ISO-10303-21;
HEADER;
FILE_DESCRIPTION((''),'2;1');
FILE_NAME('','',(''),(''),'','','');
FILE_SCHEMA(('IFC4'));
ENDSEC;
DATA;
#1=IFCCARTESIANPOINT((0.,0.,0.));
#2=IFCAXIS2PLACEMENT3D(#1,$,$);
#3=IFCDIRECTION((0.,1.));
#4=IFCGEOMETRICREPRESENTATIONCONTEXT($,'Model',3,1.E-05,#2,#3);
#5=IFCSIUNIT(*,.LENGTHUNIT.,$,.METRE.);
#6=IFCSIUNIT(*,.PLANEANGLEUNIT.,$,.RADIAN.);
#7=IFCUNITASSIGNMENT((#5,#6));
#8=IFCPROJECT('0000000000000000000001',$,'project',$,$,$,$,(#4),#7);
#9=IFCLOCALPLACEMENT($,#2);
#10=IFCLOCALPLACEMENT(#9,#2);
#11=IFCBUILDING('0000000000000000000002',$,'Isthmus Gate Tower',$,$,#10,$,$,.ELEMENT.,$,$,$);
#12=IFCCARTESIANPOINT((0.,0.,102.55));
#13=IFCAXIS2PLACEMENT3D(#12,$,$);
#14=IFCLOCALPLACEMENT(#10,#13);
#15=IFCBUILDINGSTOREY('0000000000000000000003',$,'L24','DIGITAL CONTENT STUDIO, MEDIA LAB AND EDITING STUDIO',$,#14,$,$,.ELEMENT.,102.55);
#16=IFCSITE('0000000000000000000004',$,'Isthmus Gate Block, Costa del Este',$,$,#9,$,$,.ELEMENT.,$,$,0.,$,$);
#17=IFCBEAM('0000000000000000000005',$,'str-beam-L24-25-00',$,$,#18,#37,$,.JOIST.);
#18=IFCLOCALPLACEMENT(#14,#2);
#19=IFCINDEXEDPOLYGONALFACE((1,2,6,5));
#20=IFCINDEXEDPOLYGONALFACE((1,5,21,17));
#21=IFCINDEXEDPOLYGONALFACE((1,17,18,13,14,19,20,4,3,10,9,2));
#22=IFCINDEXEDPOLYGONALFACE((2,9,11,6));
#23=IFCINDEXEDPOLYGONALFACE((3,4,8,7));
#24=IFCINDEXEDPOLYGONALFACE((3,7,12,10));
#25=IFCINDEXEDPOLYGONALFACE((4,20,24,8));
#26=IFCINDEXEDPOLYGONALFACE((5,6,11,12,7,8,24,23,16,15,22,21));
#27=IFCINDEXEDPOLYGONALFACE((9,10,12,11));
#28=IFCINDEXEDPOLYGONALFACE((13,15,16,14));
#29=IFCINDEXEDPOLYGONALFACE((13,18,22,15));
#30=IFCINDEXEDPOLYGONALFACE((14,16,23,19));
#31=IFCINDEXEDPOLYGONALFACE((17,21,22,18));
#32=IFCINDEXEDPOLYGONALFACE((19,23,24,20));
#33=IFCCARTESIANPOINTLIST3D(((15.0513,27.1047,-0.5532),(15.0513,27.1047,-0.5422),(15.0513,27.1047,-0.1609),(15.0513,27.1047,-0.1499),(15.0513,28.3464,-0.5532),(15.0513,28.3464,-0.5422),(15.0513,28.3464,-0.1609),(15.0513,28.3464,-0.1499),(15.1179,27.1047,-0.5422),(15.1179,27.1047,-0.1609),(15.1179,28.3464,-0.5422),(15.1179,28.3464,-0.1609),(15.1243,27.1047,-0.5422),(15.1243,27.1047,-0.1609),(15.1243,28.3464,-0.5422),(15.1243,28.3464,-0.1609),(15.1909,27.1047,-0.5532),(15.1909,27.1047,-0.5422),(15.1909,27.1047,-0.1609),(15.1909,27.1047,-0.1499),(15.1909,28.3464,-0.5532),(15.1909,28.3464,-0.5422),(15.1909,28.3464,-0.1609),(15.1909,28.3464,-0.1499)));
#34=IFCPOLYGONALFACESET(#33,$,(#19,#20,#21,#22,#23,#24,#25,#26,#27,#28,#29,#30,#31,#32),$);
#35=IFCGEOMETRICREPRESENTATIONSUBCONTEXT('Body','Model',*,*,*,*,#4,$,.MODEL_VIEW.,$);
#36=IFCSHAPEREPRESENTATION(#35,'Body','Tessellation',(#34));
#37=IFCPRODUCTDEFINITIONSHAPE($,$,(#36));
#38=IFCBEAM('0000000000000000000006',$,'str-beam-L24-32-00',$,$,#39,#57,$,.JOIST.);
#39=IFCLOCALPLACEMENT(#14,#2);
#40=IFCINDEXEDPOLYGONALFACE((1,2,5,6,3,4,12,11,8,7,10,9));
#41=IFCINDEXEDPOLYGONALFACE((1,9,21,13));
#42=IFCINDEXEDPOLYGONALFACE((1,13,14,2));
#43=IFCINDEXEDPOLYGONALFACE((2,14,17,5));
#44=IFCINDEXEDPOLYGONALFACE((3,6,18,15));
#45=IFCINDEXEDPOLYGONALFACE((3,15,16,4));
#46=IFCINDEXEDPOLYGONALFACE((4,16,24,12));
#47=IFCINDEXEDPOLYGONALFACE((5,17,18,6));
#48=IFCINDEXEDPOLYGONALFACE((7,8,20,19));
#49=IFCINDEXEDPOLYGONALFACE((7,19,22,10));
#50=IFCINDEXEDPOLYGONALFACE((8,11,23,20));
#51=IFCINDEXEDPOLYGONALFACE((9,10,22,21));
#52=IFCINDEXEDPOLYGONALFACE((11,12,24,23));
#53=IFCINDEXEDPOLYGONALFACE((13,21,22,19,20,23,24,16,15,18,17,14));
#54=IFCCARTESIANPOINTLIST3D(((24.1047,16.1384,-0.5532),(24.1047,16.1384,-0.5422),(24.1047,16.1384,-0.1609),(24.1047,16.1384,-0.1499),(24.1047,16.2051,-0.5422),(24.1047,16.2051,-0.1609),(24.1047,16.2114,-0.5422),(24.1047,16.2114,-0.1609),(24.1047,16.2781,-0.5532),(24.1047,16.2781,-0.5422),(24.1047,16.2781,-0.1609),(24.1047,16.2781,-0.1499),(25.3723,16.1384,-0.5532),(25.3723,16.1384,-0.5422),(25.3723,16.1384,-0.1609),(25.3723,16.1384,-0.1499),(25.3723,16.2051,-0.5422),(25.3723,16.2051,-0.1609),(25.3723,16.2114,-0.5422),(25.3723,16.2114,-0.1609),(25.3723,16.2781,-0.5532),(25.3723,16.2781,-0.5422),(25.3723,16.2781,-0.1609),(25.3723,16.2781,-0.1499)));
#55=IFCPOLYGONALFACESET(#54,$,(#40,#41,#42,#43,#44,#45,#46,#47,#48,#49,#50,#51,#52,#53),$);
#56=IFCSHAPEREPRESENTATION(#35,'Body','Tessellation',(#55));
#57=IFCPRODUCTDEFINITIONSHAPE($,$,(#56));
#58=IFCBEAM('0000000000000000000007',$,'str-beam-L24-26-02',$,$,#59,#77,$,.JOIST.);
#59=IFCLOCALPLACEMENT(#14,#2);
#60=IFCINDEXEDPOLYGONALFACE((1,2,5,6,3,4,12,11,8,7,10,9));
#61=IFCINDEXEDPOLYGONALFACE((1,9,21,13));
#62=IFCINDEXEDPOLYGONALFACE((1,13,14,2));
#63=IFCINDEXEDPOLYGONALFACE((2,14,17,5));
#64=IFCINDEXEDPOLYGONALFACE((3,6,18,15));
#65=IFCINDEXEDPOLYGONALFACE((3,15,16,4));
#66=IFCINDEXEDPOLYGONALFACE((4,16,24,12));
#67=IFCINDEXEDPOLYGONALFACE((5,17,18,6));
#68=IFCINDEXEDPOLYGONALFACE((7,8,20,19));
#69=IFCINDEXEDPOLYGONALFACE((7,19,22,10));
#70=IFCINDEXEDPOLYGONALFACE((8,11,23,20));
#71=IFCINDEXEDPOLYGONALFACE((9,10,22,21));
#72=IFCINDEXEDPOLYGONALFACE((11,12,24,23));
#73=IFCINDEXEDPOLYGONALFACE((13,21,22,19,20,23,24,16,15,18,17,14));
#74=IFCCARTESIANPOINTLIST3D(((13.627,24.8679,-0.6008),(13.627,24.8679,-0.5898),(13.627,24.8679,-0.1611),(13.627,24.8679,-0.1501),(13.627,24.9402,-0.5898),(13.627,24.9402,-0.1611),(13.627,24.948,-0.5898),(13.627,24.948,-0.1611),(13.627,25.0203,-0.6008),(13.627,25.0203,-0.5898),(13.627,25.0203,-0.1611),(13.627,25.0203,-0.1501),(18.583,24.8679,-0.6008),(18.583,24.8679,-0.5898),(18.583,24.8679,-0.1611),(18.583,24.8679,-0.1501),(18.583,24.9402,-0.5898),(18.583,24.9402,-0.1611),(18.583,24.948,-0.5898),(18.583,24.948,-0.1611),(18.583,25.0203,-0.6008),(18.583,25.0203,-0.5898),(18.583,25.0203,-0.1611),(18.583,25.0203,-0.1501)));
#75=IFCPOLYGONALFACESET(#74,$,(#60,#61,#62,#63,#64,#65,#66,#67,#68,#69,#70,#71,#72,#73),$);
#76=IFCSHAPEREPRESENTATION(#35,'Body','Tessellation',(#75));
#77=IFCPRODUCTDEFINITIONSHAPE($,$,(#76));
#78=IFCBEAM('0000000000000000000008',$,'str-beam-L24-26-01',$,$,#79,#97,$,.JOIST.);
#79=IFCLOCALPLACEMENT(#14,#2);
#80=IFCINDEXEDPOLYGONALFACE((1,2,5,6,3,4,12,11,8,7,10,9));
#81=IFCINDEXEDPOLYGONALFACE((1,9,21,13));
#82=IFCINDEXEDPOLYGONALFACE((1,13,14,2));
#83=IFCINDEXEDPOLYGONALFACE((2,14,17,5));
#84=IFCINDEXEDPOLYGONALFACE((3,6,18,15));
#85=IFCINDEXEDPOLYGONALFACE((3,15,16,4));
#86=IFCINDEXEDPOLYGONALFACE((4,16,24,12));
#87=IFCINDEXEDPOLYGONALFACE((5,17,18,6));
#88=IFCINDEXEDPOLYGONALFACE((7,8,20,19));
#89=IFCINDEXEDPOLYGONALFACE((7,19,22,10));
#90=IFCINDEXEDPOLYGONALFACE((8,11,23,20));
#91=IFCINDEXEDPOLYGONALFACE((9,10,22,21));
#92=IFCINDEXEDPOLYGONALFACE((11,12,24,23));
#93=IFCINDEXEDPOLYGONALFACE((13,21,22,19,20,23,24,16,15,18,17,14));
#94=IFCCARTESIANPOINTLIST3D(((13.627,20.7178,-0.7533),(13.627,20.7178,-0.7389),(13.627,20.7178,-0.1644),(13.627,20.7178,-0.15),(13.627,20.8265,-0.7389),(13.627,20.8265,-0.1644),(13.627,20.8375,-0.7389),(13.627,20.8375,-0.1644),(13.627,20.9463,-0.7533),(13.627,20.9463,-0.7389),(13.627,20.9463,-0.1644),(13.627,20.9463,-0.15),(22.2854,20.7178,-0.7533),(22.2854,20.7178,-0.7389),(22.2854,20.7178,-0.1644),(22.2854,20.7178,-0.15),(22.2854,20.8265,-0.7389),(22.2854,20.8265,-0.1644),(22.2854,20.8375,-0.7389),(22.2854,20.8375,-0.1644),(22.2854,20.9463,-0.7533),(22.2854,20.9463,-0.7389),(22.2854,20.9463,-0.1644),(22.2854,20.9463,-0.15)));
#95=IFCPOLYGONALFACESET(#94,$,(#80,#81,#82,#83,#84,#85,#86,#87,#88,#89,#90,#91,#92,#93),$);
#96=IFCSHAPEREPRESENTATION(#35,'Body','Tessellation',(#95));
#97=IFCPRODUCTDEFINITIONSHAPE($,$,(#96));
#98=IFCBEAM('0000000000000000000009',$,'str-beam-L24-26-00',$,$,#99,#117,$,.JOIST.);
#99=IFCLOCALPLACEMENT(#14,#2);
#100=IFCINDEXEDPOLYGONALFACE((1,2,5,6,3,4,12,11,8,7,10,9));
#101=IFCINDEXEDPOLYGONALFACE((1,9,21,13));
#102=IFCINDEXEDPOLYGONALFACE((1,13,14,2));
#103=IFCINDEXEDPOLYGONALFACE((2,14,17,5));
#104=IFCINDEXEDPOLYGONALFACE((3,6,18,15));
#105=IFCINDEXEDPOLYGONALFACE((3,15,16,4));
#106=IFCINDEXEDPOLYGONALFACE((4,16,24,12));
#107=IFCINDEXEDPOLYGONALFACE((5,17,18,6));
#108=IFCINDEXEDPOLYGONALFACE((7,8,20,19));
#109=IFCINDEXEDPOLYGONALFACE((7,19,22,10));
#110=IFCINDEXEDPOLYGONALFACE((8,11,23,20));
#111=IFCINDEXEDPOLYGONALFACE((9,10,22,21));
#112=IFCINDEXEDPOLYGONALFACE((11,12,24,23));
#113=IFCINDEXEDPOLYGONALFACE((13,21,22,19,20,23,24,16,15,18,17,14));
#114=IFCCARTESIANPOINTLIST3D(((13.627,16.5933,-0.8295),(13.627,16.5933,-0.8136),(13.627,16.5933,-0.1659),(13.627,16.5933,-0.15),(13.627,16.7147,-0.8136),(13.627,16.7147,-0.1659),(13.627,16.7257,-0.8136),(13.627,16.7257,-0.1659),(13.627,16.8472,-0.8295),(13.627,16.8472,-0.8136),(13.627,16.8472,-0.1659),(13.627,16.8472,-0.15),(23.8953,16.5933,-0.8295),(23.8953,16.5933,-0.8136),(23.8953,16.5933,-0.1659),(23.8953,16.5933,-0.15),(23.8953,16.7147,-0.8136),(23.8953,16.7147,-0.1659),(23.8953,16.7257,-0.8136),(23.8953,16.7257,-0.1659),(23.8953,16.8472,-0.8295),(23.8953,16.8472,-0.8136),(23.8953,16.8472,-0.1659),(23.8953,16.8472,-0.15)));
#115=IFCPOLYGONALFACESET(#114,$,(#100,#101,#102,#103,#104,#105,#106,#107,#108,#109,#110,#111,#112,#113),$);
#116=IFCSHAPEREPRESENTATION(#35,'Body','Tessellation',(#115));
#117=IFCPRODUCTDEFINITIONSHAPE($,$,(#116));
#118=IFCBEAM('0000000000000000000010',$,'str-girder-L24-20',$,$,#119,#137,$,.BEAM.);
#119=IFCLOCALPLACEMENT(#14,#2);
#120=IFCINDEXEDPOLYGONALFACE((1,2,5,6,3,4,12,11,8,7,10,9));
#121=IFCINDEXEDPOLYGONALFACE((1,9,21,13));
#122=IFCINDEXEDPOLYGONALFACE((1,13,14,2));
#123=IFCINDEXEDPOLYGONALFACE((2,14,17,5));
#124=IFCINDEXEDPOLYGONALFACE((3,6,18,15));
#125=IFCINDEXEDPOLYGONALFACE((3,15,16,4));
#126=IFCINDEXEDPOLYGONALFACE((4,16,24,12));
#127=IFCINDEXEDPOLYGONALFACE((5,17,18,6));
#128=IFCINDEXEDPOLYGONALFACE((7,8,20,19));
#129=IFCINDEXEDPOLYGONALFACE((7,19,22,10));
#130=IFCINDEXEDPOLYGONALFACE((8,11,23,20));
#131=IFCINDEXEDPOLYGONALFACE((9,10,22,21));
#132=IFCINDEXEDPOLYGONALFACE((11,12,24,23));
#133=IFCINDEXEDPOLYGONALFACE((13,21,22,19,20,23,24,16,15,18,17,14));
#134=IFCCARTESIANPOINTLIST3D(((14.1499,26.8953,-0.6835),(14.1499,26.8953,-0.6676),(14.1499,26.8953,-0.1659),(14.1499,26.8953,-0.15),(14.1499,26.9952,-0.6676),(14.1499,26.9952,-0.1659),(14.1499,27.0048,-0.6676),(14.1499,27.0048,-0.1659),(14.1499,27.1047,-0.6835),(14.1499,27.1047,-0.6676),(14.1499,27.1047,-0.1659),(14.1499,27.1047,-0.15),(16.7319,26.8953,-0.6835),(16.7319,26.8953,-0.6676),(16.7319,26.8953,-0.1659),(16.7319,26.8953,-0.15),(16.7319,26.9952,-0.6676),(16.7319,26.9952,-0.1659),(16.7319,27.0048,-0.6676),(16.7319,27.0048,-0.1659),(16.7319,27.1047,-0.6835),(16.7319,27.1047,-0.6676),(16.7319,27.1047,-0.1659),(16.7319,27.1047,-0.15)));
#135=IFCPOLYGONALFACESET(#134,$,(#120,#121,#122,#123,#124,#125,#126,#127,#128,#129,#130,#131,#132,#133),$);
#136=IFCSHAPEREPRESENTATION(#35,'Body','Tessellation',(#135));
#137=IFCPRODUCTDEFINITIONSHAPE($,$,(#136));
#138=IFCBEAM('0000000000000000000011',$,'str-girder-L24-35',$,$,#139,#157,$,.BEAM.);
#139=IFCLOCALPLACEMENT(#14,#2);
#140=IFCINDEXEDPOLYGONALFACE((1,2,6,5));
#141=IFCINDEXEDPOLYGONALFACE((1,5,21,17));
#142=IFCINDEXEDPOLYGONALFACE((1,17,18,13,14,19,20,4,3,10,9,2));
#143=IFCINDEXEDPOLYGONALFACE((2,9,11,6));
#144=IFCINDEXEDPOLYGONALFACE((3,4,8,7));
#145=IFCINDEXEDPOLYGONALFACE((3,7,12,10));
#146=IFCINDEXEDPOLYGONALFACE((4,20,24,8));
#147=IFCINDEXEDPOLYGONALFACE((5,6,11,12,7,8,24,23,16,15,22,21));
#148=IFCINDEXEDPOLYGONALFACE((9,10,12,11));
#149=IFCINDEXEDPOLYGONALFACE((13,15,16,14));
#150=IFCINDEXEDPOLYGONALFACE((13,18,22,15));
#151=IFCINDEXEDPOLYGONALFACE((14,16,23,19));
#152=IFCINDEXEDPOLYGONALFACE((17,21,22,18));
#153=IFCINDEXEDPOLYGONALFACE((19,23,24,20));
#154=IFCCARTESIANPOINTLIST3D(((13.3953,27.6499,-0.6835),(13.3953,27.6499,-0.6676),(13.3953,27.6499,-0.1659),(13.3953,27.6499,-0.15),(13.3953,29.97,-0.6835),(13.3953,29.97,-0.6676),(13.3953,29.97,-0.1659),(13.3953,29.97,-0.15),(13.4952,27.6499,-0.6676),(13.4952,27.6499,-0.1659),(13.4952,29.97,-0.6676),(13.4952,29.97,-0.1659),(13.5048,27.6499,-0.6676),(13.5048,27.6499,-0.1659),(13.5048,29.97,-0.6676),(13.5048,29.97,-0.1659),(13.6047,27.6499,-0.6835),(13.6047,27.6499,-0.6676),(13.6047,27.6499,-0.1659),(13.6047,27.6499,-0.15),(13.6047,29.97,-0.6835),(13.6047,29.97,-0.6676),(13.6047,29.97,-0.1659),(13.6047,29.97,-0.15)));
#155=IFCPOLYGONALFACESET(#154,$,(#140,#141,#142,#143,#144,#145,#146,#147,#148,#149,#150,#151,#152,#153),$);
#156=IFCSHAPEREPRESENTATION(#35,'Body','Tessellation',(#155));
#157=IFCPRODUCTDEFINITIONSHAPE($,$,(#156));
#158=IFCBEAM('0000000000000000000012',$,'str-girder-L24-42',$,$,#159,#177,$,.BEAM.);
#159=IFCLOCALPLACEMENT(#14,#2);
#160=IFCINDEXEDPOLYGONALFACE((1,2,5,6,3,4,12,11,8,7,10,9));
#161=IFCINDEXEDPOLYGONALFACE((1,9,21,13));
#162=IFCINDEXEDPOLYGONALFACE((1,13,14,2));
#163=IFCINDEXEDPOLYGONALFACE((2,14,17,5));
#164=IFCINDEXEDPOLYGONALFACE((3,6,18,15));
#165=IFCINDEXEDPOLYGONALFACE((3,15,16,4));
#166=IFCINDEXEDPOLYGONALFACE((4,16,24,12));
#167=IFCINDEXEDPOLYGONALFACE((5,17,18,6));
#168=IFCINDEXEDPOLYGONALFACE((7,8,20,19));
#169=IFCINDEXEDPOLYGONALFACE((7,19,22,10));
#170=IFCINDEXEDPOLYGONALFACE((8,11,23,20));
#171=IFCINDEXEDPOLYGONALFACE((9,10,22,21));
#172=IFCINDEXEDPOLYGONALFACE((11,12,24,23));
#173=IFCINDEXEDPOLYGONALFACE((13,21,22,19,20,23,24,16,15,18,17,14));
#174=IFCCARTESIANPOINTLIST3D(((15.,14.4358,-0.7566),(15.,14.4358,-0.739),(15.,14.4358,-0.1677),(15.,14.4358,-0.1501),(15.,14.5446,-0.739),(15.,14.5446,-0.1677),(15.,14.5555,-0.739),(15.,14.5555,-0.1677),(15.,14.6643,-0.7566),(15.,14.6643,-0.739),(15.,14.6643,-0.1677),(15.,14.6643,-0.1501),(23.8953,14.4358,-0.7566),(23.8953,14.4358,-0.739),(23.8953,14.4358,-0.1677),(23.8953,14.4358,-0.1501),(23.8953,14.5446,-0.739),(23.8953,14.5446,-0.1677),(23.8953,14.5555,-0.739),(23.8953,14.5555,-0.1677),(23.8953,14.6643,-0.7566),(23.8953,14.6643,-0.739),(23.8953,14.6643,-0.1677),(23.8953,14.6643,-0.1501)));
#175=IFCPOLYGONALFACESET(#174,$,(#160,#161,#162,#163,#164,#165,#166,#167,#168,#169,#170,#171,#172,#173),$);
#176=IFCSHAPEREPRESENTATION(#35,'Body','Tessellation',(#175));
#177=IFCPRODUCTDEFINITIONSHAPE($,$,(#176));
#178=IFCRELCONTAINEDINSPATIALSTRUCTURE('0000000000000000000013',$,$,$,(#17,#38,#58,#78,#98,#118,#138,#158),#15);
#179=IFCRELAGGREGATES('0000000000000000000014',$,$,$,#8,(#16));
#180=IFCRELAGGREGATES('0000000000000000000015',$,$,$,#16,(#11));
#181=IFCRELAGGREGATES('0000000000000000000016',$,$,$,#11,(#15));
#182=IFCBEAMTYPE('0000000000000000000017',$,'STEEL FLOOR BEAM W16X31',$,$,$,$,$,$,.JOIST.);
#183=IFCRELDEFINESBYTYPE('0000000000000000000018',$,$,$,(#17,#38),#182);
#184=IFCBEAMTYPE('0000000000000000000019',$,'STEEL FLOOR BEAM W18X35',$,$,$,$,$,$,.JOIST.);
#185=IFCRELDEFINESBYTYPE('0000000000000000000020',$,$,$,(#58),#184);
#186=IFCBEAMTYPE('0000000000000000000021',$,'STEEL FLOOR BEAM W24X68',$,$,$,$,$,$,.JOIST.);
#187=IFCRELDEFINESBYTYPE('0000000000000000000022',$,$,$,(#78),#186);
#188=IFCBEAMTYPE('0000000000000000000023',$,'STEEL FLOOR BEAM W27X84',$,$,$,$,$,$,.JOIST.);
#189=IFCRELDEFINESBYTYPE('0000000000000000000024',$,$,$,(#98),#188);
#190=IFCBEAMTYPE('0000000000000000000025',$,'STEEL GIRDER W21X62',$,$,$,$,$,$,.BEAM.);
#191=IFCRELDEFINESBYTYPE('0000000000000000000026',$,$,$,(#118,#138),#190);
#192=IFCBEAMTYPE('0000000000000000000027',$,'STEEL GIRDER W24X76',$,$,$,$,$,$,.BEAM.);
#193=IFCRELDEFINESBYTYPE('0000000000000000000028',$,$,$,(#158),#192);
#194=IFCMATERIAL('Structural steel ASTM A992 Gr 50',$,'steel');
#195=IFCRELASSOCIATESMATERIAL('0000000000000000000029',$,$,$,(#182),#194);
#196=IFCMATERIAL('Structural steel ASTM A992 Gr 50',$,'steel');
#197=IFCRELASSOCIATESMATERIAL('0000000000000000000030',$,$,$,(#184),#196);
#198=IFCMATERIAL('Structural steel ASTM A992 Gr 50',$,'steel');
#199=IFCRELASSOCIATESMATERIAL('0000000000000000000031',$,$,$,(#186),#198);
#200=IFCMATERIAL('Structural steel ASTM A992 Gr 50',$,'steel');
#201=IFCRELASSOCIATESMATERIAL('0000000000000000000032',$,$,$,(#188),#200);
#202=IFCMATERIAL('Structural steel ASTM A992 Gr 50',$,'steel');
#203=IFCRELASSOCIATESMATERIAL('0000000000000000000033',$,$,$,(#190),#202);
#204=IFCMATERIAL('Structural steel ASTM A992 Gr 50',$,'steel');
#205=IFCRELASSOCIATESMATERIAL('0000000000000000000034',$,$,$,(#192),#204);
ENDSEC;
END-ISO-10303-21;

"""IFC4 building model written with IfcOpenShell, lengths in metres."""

from ifc_helpers import new_model, si_unit, direction, frame, origin, origin_2d, place, context, subcontext, project, spatial, i_section, extrude, material, material_profile, profile_set, type_object, element, save


model = new_model("IFC4")

# Units and contexts
model_context = context("Model", 3, precision=1e-05, world=origin(), true_north=direction((0.0, 1.0)))
body_context = subcontext(model_context, "Body", "Model", "MODEL_VIEW")
ifc_project = project(units=[si_unit("LENGTHUNIT", "METRE"), si_unit("PLANEANGLEUNIT", "RADIAN")], contexts=[model_context])

# Site, building, storey
site_placement = place(None, origin())
site = spatial("IfcSite", under=ifc_project, at=site_placement, Name="Isthmus Gate Block, Costa del Este", CompositionType="ELEMENT", RefElevation=0.0)
building_placement = place(site_placement, origin())
building = spatial("IfcBuilding", under=site, at=building_placement, Name="Isthmus Gate Tower", CompositionType="ELEMENT")
storey_placement = place(building_placement, frame((0.0, 0.0, 102.55)))
storey = spatial("IfcBuildingStorey", under=building, at=storey_placement, Name="L24", Description="DIGITAL CONTENT STUDIO, MEDIA LAB AND EDITING STUDIO", CompositionType="ELEMENT", Elevation=102.55)

# Beams
ifc_material_1 = material(Name="Structural steel ASTM A992 Gr 50", Category="steel")
ifc_material_profile_1 = material_profile(ifc_material_1, i_section(OverallWidth=0.1396, OverallDepth=0.4033, WebThickness=0.0063, FlangeThickness=0.011, at=origin_2d()), Name="W16X31")
ifc_profile_set_1 = profile_set([ifc_material_profile_1], Name="Structural steel ASTM A992 Gr 50")
beam_type_1 = type_object("IfcBeamType", Name="STEEL FLOOR BEAM W16X31", PredefinedType="JOIST", material=ifc_profile_set_1)
beam_1_placement = place(storey_placement, frame((15.1211, 27.1047, -0.3516), z_axis=(0.0, 1.0, 0.0), x_axis=(-1.0, 0.0, 0.0)))
element("IfcBeam", 1, at=beam_1_placement, inside=storey, type_object=beam_type_1, Name="str-beam-L24-25-00", PredefinedType="JOIST", context=body_context, shape_type="SweptSolid", body=[
    extrude(i_section(OverallWidth=0.1396, OverallDepth=0.4033, WebThickness=0.0063, FlangeThickness=0.011, at=origin_2d()), origin(), (0.0, 0.0, 1.0), 1.2417),
])
beam_2_placement = place(storey_placement, frame((24.1047, 16.2083, -0.3516), z_axis=(1.0, 0.0, 0.0), x_axis=(0.0, 1.0, 0.0)))
element("IfcBeam", 2, at=beam_2_placement, inside=storey, type_object=beam_type_1, Name="str-beam-L24-32-00", PredefinedType="JOIST", context=body_context, shape_type="SweptSolid", body=[
    extrude(i_section(OverallWidth=0.1396, OverallDepth=0.4033, WebThickness=0.0063, FlangeThickness=0.011, at=origin_2d()), origin(), (0.0, 0.0, 1.0), 1.2676),
])
ifc_material_2 = material(Name="Structural steel ASTM A992 Gr 50", Category="steel")
ifc_material_profile_2 = material_profile(ifc_material_2, i_section(OverallWidth=0.1523, OverallDepth=0.4507, WebThickness=0.0078, FlangeThickness=0.011, at=origin_2d()), Name="W18X35")
ifc_profile_set_2 = profile_set([ifc_material_profile_2], Name="Structural steel ASTM A992 Gr 50")
beam_type_2 = type_object("IfcBeamType", Name="STEEL FLOOR BEAM W18X35", PredefinedType="JOIST", material=ifc_profile_set_2)
beam_3_placement = place(storey_placement, frame((13.627, 24.9441, -0.3755), z_axis=(1.0, 0.0, 0.0), x_axis=(0.0, 1.0, 0.0)))
element("IfcBeam", 3, at=beam_3_placement, inside=storey, type_object=beam_type_2, Name="str-beam-L24-26-02", PredefinedType="JOIST", context=body_context, shape_type="SweptSolid", body=[
    extrude(i_section(OverallWidth=0.1523, OverallDepth=0.4507, WebThickness=0.0078, FlangeThickness=0.011, at=origin_2d()), origin(), (0.0, 0.0, 1.0), 4.9561),
])
ifc_material_3 = material(Name="Structural steel ASTM A992 Gr 50", Category="steel")
ifc_material_profile_3 = material_profile(ifc_material_3, i_section(OverallWidth=0.2285, OverallDepth=0.6033, WebThickness=0.011, FlangeThickness=0.0144, at=origin_2d()), Name="W24X68")
ifc_profile_set_3 = profile_set([ifc_material_profile_3], Name="Structural steel ASTM A992 Gr 50")
beam_type_3 = type_object("IfcBeamType", Name="STEEL FLOOR BEAM W24X68", PredefinedType="JOIST", material=ifc_profile_set_3)
beam_4_placement = place(storey_placement, frame((13.627, 20.832, -0.4517), z_axis=(1.0, 0.0, 0.0), x_axis=(0.0, 1.0, 0.0)))
element("IfcBeam", 4, at=beam_4_placement, inside=storey, type_object=beam_type_3, Name="str-beam-L24-26-01", PredefinedType="JOIST", context=body_context, shape_type="SweptSolid", body=[
    extrude(i_section(OverallWidth=0.2285, OverallDepth=0.6033, WebThickness=0.011, FlangeThickness=0.0144, at=origin_2d()), origin(), (0.0, 0.0, 1.0), 8.6584),
])
ifc_material_4 = material(Name="Structural steel ASTM A992 Gr 50", Category="steel")
ifc_material_profile_4 = material_profile(ifc_material_4, i_section(OverallWidth=0.2539, OverallDepth=0.6794, WebThickness=0.011, FlangeThickness=0.0159, at=origin_2d()), Name="W27X84")
ifc_profile_set_4 = profile_set([ifc_material_profile_4], Name="Structural steel ASTM A992 Gr 50")
beam_type_4 = type_object("IfcBeamType", Name="STEEL FLOOR BEAM W27X84", PredefinedType="JOIST", material=ifc_profile_set_4)
beam_5_placement = place(storey_placement, frame((13.627, 16.7202, -0.4897), z_axis=(1.0, 0.0, 0.0), x_axis=(0.0, 1.0, 0.0)))
element("IfcBeam", 5, at=beam_5_placement, inside=storey, type_object=beam_type_4, Name="str-beam-L24-26-00", PredefinedType="JOIST", context=body_context, shape_type="SweptSolid", body=[
    extrude(i_section(OverallWidth=0.2539, OverallDepth=0.6794, WebThickness=0.011, FlangeThickness=0.0159, at=origin_2d()), origin(), (0.0, 0.0, 1.0), 10.2683),
])
ifc_material_5 = material(Name="Structural steel ASTM A992 Gr 50", Category="steel")
ifc_material_profile_5 = material_profile(ifc_material_5, i_section(OverallWidth=0.2095, OverallDepth=0.5334, WebThickness=0.0095, FlangeThickness=0.0159, at=origin_2d()), Name="W21X62")
ifc_profile_set_5 = profile_set([ifc_material_profile_5], Name="Structural steel ASTM A992 Gr 50")
beam_type_5 = type_object("IfcBeamType", Name="STEEL GIRDER W21X62", PredefinedType="BEAM", material=ifc_profile_set_5)
beam_6_placement = place(storey_placement, frame((14.1499, 27.0, -0.4167), z_axis=(1.0, 0.0, 0.0), x_axis=(0.0, 1.0, 0.0)))
element("IfcBeam", 6, at=beam_6_placement, inside=storey, type_object=beam_type_5, Name="str-girder-L24-20", PredefinedType="BEAM", context=body_context, shape_type="SweptSolid", body=[
    extrude(i_section(OverallWidth=0.2095, OverallDepth=0.5334, WebThickness=0.0095, FlangeThickness=0.0159, at=origin_2d()), origin(), (0.0, 0.0, 1.0), 2.582),
])
beam_7_placement = place(storey_placement, frame((13.5, 27.6499, -0.4167), z_axis=(0.0, 1.0, 0.0), x_axis=(-1.0, 0.0, 0.0)))
element("IfcBeam", 7, at=beam_7_placement, inside=storey, type_object=beam_type_5, Name="str-girder-L24-35", PredefinedType="BEAM", context=body_context, shape_type="SweptSolid", body=[
    extrude(i_section(OverallWidth=0.2095, OverallDepth=0.5334, WebThickness=0.0095, FlangeThickness=0.0159, at=origin_2d()), origin(), (0.0, 0.0, 1.0), 2.3201),
])
ifc_material_6 = material(Name="Structural steel ASTM A992 Gr 50", Category="steel")
ifc_material_profile_6 = material_profile(ifc_material_6, i_section(OverallWidth=0.2285, OverallDepth=0.6064, WebThickness=0.011, FlangeThickness=0.0176, at=origin_2d()), Name="W24X76")
ifc_profile_set_6 = profile_set([ifc_material_profile_6], Name="Structural steel ASTM A992 Gr 50")
beam_type_6 = type_object("IfcBeamType", Name="STEEL GIRDER W24X76", PredefinedType="BEAM", material=ifc_profile_set_6)
beam_8_placement = place(storey_placement, frame((15.0, 14.55, -0.4534), z_axis=(1.0, 0.0, 0.0), x_axis=(0.0, 1.0, 0.0)))
element("IfcBeam", 8, at=beam_8_placement, inside=storey, type_object=beam_type_6, Name="str-girder-L24-42", PredefinedType="BEAM", context=body_context, shape_type="SweptSolid", body=[
    extrude(i_section(OverallWidth=0.2285, OverallDepth=0.6064, WebThickness=0.011, FlangeThickness=0.0176, at=origin_2d()), origin(), (0.0, 0.0, 1.0), 8.8953),
])

save(model, "model.ifc")
